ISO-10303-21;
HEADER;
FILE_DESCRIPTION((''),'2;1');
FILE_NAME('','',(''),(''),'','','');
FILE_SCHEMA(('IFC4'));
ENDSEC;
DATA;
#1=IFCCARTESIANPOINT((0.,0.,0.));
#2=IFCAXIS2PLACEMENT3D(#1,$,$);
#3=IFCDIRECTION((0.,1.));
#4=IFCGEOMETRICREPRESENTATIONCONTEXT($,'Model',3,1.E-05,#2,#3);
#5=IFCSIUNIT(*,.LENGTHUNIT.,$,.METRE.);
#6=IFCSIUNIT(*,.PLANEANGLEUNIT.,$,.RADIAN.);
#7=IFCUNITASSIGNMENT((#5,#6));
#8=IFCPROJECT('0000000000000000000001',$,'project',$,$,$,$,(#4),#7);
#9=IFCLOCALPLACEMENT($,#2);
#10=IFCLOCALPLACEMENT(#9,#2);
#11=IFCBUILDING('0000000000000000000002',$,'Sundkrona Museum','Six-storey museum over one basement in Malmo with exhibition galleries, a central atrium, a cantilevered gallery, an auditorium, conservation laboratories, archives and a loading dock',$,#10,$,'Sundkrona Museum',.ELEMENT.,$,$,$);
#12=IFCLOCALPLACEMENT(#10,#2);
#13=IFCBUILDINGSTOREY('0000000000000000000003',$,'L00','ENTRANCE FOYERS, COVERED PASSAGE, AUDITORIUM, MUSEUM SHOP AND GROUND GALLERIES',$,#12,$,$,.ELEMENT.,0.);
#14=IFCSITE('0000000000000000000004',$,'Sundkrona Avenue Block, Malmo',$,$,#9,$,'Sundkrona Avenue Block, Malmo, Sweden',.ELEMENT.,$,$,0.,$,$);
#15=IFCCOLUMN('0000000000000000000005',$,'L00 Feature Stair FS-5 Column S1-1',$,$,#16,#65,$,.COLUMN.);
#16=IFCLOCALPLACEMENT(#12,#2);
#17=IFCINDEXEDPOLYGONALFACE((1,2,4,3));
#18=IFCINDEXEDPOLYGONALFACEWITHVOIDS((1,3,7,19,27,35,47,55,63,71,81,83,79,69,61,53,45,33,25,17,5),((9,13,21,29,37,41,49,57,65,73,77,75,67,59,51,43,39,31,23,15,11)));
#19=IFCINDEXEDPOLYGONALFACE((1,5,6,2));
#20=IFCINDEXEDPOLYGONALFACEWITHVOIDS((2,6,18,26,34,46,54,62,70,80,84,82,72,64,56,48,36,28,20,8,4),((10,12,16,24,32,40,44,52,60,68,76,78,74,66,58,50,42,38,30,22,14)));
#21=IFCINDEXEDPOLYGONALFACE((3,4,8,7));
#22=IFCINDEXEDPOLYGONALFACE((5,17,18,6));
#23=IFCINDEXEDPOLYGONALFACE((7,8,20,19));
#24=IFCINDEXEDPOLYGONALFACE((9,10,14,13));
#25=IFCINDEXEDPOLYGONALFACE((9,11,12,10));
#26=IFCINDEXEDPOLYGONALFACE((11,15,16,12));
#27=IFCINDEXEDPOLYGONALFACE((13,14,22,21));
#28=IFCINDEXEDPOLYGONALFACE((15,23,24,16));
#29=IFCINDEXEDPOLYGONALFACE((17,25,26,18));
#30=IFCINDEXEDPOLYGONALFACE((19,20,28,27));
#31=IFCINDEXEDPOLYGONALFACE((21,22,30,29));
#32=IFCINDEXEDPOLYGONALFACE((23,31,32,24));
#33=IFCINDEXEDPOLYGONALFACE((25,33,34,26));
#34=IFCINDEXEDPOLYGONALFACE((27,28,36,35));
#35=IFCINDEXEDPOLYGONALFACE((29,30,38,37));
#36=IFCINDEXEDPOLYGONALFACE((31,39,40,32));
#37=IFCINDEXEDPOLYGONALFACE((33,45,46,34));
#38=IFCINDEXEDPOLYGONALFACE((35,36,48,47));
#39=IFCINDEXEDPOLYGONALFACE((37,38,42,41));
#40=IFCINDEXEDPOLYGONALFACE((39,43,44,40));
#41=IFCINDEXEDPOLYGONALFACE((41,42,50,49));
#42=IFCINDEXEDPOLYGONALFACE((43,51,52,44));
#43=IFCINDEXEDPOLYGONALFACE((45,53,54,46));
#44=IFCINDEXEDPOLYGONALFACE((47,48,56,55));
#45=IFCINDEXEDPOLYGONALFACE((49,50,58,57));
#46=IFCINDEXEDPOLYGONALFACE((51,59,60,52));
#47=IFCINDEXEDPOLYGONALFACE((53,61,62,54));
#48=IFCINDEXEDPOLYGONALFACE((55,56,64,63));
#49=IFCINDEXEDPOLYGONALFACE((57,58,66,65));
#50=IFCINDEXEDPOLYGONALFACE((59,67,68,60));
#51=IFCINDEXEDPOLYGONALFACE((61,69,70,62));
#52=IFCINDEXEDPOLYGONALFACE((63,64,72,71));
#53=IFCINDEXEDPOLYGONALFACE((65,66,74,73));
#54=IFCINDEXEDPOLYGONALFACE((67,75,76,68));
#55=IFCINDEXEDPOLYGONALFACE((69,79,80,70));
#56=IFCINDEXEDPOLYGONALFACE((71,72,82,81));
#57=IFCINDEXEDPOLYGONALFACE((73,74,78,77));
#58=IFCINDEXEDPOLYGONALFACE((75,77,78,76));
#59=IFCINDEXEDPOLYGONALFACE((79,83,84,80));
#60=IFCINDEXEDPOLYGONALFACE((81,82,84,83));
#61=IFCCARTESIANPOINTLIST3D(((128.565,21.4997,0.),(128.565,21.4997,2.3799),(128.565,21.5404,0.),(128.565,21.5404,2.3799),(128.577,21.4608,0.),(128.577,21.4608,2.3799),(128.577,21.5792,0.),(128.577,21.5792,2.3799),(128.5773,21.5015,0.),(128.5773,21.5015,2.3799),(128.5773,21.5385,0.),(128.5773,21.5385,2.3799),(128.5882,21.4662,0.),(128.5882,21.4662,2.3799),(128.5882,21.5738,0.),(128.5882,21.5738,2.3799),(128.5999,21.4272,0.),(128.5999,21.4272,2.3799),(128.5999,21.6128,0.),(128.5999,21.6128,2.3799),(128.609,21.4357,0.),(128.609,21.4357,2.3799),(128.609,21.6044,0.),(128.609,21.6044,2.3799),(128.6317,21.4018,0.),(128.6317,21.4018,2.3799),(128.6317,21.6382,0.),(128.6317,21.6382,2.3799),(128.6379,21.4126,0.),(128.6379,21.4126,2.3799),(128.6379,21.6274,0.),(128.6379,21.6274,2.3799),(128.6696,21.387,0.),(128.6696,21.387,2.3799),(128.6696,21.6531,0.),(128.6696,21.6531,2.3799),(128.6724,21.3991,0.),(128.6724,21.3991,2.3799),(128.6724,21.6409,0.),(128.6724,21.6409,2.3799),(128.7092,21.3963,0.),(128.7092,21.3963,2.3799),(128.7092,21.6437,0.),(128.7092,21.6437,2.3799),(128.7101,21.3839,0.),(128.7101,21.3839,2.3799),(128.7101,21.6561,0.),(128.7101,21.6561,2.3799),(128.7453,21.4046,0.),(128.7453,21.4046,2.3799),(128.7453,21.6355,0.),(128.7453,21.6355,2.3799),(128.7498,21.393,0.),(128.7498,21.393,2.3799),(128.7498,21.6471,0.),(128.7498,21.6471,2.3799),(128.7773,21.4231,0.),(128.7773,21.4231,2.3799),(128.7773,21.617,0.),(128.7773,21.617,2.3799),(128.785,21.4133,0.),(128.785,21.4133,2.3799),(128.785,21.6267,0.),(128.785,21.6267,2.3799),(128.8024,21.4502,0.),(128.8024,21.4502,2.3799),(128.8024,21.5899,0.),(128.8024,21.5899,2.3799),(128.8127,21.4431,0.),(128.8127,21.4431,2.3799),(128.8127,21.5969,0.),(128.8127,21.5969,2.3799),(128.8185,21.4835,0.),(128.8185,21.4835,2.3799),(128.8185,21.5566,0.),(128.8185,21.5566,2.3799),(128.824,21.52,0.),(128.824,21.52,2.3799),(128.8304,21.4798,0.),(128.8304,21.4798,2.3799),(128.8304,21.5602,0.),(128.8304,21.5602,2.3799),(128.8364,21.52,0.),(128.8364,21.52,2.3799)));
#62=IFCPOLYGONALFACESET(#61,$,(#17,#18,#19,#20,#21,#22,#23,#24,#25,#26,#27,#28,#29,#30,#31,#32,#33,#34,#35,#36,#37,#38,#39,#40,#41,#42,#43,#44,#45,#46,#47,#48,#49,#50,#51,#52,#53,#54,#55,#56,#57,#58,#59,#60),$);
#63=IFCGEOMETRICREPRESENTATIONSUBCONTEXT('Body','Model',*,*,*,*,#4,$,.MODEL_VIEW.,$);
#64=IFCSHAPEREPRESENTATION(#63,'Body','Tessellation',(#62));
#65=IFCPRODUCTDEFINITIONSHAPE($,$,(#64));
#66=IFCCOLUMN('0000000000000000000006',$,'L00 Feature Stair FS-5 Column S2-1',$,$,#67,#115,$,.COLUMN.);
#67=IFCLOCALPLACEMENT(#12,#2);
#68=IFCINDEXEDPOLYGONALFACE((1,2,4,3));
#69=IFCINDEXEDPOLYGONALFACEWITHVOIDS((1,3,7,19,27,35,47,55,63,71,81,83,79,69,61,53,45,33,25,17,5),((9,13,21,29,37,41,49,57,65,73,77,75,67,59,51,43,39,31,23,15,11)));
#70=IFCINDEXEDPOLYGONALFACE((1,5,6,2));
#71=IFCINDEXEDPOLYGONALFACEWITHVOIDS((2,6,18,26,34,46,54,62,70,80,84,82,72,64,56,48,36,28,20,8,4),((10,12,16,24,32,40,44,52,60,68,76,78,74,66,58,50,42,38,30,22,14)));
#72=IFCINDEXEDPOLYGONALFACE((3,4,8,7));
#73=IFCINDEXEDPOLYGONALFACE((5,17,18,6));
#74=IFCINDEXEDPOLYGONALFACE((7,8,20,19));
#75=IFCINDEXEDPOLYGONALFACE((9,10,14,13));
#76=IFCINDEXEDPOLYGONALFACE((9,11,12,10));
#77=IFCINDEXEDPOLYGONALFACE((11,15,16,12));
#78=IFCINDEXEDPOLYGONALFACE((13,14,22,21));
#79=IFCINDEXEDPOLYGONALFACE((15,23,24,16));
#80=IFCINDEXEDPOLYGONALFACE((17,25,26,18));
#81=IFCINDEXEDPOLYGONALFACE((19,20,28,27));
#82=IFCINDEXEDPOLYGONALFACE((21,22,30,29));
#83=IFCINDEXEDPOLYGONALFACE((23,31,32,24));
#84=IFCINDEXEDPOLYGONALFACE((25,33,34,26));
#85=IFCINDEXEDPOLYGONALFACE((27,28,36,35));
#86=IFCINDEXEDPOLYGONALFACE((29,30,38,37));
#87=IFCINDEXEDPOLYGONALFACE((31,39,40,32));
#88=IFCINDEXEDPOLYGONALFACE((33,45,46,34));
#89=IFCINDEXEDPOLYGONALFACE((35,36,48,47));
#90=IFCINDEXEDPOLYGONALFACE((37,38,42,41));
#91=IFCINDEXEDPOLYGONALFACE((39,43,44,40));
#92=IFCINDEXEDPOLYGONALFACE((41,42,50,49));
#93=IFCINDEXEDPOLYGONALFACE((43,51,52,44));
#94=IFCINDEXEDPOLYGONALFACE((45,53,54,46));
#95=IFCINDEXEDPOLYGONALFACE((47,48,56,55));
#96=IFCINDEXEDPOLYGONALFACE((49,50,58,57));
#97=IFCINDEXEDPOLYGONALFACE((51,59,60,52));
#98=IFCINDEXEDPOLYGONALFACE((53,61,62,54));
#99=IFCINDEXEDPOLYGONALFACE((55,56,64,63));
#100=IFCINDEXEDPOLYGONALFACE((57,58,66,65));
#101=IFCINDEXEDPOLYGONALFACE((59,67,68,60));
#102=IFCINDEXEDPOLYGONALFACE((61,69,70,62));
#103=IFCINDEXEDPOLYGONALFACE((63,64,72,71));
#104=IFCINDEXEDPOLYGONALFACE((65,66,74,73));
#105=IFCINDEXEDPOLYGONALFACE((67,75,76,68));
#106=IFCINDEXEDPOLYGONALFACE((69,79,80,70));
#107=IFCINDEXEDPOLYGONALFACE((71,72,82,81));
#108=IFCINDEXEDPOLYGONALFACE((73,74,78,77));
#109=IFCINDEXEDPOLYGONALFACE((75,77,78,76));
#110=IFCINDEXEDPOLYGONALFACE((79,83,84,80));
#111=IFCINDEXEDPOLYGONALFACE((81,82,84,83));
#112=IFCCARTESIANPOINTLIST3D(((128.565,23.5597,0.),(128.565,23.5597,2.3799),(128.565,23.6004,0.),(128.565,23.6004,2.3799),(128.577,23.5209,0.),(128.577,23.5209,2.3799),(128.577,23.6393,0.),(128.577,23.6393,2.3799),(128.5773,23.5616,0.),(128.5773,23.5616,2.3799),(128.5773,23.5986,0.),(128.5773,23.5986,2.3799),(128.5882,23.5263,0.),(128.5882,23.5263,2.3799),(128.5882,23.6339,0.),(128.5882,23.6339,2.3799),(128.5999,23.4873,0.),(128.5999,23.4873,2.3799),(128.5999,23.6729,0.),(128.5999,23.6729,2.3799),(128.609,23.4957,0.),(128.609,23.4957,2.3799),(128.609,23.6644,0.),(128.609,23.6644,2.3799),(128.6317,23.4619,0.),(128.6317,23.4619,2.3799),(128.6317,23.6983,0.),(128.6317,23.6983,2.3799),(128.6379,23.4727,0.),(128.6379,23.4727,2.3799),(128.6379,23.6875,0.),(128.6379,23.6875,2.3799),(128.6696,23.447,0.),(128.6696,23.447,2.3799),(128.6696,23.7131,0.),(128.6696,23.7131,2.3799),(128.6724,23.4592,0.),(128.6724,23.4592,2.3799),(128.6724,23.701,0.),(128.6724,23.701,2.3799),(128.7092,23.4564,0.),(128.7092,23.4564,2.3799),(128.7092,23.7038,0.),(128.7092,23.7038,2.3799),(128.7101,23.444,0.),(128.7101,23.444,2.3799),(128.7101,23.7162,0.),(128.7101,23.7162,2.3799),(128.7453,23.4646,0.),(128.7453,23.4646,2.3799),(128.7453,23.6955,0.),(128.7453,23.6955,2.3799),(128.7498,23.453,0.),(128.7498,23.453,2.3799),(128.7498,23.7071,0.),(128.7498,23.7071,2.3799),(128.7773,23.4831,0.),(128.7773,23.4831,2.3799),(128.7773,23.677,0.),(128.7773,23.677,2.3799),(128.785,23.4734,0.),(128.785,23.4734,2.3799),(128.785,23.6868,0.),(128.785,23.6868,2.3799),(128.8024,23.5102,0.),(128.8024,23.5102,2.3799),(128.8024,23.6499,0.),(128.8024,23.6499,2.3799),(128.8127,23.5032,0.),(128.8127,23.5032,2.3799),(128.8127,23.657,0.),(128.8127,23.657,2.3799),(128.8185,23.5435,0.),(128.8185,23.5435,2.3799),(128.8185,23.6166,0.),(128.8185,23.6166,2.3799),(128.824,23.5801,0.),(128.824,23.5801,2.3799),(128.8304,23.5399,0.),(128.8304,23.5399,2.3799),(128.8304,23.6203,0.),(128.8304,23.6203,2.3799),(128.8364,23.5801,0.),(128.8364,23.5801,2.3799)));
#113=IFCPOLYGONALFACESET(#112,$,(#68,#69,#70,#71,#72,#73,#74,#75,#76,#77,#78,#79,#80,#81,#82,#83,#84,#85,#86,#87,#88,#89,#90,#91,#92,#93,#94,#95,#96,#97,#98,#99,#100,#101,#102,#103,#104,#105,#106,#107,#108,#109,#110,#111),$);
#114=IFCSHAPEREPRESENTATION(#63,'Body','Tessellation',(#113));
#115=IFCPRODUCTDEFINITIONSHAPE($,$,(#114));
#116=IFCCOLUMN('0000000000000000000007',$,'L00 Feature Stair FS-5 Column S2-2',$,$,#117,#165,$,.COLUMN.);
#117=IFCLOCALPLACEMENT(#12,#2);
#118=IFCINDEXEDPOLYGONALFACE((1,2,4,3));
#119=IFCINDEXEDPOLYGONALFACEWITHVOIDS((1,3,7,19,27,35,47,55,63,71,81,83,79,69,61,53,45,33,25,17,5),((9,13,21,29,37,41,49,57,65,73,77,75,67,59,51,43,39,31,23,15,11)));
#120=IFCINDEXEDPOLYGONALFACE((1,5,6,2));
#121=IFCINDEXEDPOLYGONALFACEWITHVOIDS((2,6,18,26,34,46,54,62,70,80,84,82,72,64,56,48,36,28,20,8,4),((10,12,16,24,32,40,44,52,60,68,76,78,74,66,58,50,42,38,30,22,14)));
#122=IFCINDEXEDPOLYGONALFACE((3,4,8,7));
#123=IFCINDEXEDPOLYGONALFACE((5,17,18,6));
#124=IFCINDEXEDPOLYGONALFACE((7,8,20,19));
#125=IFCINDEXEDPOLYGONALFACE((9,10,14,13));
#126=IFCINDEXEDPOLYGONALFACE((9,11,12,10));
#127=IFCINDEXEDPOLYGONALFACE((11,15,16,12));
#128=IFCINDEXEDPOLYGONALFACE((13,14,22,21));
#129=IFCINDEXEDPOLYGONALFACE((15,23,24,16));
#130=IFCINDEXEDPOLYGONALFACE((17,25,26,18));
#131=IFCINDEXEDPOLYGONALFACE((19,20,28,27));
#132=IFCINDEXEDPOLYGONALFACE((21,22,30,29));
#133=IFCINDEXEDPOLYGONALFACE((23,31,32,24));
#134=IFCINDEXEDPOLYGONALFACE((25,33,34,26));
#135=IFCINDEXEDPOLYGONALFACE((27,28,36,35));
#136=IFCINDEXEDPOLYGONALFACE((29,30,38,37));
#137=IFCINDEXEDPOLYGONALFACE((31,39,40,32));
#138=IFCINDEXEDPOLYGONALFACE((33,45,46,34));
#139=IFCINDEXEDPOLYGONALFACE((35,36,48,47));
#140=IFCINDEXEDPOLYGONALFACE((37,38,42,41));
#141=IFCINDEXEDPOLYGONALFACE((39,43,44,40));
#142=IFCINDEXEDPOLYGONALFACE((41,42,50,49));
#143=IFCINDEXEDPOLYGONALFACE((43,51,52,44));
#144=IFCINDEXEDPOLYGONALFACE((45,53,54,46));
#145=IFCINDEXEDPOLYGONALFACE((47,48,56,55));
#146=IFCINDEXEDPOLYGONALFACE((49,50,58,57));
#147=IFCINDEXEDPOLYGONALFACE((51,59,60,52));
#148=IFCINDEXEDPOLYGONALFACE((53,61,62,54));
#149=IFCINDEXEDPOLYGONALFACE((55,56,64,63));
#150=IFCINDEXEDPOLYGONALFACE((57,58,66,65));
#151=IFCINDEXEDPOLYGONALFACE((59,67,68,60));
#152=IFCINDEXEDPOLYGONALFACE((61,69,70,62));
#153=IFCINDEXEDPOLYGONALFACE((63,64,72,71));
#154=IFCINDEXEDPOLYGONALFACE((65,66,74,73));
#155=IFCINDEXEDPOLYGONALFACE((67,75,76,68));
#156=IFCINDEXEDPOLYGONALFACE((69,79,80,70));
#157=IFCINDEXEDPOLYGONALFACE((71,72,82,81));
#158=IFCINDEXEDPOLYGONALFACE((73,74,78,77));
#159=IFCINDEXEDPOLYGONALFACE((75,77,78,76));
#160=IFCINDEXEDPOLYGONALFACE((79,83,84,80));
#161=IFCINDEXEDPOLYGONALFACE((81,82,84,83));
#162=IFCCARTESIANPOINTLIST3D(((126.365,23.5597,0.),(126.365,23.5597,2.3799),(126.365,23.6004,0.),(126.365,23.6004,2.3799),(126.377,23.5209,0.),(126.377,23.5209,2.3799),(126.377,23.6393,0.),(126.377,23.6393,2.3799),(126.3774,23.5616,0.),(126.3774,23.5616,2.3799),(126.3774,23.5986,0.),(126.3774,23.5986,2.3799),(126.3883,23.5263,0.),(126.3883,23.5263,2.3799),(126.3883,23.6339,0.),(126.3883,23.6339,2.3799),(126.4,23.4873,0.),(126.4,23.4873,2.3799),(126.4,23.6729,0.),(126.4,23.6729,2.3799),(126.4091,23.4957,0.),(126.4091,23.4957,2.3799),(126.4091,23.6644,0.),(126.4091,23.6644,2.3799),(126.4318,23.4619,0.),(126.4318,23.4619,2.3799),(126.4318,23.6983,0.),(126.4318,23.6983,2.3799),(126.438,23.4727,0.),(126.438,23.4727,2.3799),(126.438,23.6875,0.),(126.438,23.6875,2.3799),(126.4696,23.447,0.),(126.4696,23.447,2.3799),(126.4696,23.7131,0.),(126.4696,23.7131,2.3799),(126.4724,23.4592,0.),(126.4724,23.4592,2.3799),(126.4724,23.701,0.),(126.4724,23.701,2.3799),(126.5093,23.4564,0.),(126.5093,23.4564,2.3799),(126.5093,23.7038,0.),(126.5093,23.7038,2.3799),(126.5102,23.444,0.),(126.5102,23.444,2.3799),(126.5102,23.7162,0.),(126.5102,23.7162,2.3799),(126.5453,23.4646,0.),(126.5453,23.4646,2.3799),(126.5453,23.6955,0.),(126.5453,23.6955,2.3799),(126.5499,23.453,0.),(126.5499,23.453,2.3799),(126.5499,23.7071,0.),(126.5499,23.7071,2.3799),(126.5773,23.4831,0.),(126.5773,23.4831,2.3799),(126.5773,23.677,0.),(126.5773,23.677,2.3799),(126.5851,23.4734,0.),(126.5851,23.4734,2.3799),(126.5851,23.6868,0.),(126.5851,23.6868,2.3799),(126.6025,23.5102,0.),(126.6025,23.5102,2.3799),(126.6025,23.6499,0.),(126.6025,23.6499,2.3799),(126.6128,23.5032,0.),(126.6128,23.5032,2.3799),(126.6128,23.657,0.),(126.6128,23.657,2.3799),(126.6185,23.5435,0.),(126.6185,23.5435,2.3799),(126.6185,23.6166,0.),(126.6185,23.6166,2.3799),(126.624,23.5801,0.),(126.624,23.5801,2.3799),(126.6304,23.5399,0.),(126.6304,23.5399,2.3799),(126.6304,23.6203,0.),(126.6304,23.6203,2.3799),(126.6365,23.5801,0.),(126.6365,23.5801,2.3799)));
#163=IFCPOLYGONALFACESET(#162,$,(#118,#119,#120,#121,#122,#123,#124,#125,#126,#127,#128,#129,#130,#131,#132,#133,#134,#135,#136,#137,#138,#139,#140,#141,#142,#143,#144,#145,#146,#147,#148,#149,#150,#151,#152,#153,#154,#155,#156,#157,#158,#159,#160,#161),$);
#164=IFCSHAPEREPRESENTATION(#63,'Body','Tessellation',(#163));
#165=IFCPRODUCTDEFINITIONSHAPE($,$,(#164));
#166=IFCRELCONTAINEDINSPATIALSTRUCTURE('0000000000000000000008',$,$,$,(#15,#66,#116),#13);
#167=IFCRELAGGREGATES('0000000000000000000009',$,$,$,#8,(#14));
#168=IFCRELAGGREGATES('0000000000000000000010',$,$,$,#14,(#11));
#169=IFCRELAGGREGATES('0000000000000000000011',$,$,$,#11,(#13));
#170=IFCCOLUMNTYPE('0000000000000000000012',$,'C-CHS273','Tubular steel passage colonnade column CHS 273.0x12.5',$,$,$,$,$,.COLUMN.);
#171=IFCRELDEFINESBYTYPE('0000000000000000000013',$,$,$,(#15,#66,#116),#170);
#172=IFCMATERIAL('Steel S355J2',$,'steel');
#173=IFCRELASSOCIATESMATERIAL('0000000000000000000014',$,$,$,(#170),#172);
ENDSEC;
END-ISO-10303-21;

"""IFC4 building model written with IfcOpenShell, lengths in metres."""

from ifc_helpers import new_model, si_unit, direction, frame, origin, origin_2d, place, context, subcontext, project, spatial, hollow_circle, extrude, material, material_profile, profile_set, type_object, element, save


model = new_model("IFC4")

# Units and contexts
model_context = context("Model", 3, precision=1e-05, world=origin(), true_north=direction((0.0, 1.0)))
body_context = subcontext(model_context, "Body", "Model", "MODEL_VIEW")
ifc_project = project(units=[si_unit("LENGTHUNIT", "METRE"), si_unit("PLANEANGLEUNIT", "RADIAN")], contexts=[model_context])

# Site, building, storey
site_placement = place(None, origin())
site = spatial("IfcSite", under=ifc_project, at=site_placement, Name="Sundkrona Avenue Block, Malmo", LongName="Sundkrona Avenue Block, Malmo, Sweden", CompositionType="ELEMENT", RefElevation=0.0)
building_placement = place(site_placement, origin())
building = spatial("IfcBuilding", under=site, at=building_placement, Name="Sundkrona Museum", Description="Six-storey museum over one basement in Malmo with exhibition galleries, a central atrium, a cantilevered gallery, an auditorium, conservation laboratories, archives and a loading dock", LongName="Sundkrona Museum", CompositionType="ELEMENT")
storey_placement = place(building_placement, origin())
storey = spatial("IfcBuildingStorey", under=building, at=storey_placement, Name="L00", Description="ENTRANCE FOYERS, COVERED PASSAGE, AUDITORIUM, MUSEUM SHOP AND GROUND GALLERIES", CompositionType="ELEMENT", Elevation=0.0)

# Columns
ifc_material_1 = material(Name="Steel S355J2", Category="steel")
ifc_material_profile_1 = material_profile(ifc_material_1, hollow_circle(Radius=0.1365, WallThickness=0.0125, at=origin_2d()), Name="CHS 273.0x12.5")
ifc_profile_set_1 = profile_set([ifc_material_profile_1], Name="Steel S355J2")
column_type_1 = type_object("IfcColumnType", Name="C-CHS273", Description="Tubular steel passage colonnade column CHS 273.0x12.5", PredefinedType="COLUMN", material=ifc_profile_set_1)
for number, where, z_axis, x_axis, name in (
    (1, (128.7, 21.52, 0.0), (0.0, 0.0, 1.0), (1.0, 0.0, 0.0), "L00 Feature Stair FS-5 Column S1-1"),
    (2, (128.7, 23.5801, 0.0), (0.0, 0.0, 1.0), (1.0, 0.0, 0.0), "L00 Feature Stair FS-5 Column S2-1"),
    (3, (126.5, 23.5801, 0.0), (0.0, 0.0, 1.0), (1.0, 0.0, 0.0), "L00 Feature Stair FS-5 Column S2-2"),
):
    element("IfcColumn", number, at=place(storey_placement, frame(where, z_axis=z_axis, x_axis=x_axis)), inside=storey, type_object=column_type_1, Name=name, PredefinedType="COLUMN", context=body_context, shape_type="SweptSolid", body=[
        extrude(hollow_circle(Radius=0.1365, WallThickness=0.0125, at=origin_2d()), origin(), (0.0, 0.0, 1.0), 2.3799),
    ])

save(model, "model.ifc")
